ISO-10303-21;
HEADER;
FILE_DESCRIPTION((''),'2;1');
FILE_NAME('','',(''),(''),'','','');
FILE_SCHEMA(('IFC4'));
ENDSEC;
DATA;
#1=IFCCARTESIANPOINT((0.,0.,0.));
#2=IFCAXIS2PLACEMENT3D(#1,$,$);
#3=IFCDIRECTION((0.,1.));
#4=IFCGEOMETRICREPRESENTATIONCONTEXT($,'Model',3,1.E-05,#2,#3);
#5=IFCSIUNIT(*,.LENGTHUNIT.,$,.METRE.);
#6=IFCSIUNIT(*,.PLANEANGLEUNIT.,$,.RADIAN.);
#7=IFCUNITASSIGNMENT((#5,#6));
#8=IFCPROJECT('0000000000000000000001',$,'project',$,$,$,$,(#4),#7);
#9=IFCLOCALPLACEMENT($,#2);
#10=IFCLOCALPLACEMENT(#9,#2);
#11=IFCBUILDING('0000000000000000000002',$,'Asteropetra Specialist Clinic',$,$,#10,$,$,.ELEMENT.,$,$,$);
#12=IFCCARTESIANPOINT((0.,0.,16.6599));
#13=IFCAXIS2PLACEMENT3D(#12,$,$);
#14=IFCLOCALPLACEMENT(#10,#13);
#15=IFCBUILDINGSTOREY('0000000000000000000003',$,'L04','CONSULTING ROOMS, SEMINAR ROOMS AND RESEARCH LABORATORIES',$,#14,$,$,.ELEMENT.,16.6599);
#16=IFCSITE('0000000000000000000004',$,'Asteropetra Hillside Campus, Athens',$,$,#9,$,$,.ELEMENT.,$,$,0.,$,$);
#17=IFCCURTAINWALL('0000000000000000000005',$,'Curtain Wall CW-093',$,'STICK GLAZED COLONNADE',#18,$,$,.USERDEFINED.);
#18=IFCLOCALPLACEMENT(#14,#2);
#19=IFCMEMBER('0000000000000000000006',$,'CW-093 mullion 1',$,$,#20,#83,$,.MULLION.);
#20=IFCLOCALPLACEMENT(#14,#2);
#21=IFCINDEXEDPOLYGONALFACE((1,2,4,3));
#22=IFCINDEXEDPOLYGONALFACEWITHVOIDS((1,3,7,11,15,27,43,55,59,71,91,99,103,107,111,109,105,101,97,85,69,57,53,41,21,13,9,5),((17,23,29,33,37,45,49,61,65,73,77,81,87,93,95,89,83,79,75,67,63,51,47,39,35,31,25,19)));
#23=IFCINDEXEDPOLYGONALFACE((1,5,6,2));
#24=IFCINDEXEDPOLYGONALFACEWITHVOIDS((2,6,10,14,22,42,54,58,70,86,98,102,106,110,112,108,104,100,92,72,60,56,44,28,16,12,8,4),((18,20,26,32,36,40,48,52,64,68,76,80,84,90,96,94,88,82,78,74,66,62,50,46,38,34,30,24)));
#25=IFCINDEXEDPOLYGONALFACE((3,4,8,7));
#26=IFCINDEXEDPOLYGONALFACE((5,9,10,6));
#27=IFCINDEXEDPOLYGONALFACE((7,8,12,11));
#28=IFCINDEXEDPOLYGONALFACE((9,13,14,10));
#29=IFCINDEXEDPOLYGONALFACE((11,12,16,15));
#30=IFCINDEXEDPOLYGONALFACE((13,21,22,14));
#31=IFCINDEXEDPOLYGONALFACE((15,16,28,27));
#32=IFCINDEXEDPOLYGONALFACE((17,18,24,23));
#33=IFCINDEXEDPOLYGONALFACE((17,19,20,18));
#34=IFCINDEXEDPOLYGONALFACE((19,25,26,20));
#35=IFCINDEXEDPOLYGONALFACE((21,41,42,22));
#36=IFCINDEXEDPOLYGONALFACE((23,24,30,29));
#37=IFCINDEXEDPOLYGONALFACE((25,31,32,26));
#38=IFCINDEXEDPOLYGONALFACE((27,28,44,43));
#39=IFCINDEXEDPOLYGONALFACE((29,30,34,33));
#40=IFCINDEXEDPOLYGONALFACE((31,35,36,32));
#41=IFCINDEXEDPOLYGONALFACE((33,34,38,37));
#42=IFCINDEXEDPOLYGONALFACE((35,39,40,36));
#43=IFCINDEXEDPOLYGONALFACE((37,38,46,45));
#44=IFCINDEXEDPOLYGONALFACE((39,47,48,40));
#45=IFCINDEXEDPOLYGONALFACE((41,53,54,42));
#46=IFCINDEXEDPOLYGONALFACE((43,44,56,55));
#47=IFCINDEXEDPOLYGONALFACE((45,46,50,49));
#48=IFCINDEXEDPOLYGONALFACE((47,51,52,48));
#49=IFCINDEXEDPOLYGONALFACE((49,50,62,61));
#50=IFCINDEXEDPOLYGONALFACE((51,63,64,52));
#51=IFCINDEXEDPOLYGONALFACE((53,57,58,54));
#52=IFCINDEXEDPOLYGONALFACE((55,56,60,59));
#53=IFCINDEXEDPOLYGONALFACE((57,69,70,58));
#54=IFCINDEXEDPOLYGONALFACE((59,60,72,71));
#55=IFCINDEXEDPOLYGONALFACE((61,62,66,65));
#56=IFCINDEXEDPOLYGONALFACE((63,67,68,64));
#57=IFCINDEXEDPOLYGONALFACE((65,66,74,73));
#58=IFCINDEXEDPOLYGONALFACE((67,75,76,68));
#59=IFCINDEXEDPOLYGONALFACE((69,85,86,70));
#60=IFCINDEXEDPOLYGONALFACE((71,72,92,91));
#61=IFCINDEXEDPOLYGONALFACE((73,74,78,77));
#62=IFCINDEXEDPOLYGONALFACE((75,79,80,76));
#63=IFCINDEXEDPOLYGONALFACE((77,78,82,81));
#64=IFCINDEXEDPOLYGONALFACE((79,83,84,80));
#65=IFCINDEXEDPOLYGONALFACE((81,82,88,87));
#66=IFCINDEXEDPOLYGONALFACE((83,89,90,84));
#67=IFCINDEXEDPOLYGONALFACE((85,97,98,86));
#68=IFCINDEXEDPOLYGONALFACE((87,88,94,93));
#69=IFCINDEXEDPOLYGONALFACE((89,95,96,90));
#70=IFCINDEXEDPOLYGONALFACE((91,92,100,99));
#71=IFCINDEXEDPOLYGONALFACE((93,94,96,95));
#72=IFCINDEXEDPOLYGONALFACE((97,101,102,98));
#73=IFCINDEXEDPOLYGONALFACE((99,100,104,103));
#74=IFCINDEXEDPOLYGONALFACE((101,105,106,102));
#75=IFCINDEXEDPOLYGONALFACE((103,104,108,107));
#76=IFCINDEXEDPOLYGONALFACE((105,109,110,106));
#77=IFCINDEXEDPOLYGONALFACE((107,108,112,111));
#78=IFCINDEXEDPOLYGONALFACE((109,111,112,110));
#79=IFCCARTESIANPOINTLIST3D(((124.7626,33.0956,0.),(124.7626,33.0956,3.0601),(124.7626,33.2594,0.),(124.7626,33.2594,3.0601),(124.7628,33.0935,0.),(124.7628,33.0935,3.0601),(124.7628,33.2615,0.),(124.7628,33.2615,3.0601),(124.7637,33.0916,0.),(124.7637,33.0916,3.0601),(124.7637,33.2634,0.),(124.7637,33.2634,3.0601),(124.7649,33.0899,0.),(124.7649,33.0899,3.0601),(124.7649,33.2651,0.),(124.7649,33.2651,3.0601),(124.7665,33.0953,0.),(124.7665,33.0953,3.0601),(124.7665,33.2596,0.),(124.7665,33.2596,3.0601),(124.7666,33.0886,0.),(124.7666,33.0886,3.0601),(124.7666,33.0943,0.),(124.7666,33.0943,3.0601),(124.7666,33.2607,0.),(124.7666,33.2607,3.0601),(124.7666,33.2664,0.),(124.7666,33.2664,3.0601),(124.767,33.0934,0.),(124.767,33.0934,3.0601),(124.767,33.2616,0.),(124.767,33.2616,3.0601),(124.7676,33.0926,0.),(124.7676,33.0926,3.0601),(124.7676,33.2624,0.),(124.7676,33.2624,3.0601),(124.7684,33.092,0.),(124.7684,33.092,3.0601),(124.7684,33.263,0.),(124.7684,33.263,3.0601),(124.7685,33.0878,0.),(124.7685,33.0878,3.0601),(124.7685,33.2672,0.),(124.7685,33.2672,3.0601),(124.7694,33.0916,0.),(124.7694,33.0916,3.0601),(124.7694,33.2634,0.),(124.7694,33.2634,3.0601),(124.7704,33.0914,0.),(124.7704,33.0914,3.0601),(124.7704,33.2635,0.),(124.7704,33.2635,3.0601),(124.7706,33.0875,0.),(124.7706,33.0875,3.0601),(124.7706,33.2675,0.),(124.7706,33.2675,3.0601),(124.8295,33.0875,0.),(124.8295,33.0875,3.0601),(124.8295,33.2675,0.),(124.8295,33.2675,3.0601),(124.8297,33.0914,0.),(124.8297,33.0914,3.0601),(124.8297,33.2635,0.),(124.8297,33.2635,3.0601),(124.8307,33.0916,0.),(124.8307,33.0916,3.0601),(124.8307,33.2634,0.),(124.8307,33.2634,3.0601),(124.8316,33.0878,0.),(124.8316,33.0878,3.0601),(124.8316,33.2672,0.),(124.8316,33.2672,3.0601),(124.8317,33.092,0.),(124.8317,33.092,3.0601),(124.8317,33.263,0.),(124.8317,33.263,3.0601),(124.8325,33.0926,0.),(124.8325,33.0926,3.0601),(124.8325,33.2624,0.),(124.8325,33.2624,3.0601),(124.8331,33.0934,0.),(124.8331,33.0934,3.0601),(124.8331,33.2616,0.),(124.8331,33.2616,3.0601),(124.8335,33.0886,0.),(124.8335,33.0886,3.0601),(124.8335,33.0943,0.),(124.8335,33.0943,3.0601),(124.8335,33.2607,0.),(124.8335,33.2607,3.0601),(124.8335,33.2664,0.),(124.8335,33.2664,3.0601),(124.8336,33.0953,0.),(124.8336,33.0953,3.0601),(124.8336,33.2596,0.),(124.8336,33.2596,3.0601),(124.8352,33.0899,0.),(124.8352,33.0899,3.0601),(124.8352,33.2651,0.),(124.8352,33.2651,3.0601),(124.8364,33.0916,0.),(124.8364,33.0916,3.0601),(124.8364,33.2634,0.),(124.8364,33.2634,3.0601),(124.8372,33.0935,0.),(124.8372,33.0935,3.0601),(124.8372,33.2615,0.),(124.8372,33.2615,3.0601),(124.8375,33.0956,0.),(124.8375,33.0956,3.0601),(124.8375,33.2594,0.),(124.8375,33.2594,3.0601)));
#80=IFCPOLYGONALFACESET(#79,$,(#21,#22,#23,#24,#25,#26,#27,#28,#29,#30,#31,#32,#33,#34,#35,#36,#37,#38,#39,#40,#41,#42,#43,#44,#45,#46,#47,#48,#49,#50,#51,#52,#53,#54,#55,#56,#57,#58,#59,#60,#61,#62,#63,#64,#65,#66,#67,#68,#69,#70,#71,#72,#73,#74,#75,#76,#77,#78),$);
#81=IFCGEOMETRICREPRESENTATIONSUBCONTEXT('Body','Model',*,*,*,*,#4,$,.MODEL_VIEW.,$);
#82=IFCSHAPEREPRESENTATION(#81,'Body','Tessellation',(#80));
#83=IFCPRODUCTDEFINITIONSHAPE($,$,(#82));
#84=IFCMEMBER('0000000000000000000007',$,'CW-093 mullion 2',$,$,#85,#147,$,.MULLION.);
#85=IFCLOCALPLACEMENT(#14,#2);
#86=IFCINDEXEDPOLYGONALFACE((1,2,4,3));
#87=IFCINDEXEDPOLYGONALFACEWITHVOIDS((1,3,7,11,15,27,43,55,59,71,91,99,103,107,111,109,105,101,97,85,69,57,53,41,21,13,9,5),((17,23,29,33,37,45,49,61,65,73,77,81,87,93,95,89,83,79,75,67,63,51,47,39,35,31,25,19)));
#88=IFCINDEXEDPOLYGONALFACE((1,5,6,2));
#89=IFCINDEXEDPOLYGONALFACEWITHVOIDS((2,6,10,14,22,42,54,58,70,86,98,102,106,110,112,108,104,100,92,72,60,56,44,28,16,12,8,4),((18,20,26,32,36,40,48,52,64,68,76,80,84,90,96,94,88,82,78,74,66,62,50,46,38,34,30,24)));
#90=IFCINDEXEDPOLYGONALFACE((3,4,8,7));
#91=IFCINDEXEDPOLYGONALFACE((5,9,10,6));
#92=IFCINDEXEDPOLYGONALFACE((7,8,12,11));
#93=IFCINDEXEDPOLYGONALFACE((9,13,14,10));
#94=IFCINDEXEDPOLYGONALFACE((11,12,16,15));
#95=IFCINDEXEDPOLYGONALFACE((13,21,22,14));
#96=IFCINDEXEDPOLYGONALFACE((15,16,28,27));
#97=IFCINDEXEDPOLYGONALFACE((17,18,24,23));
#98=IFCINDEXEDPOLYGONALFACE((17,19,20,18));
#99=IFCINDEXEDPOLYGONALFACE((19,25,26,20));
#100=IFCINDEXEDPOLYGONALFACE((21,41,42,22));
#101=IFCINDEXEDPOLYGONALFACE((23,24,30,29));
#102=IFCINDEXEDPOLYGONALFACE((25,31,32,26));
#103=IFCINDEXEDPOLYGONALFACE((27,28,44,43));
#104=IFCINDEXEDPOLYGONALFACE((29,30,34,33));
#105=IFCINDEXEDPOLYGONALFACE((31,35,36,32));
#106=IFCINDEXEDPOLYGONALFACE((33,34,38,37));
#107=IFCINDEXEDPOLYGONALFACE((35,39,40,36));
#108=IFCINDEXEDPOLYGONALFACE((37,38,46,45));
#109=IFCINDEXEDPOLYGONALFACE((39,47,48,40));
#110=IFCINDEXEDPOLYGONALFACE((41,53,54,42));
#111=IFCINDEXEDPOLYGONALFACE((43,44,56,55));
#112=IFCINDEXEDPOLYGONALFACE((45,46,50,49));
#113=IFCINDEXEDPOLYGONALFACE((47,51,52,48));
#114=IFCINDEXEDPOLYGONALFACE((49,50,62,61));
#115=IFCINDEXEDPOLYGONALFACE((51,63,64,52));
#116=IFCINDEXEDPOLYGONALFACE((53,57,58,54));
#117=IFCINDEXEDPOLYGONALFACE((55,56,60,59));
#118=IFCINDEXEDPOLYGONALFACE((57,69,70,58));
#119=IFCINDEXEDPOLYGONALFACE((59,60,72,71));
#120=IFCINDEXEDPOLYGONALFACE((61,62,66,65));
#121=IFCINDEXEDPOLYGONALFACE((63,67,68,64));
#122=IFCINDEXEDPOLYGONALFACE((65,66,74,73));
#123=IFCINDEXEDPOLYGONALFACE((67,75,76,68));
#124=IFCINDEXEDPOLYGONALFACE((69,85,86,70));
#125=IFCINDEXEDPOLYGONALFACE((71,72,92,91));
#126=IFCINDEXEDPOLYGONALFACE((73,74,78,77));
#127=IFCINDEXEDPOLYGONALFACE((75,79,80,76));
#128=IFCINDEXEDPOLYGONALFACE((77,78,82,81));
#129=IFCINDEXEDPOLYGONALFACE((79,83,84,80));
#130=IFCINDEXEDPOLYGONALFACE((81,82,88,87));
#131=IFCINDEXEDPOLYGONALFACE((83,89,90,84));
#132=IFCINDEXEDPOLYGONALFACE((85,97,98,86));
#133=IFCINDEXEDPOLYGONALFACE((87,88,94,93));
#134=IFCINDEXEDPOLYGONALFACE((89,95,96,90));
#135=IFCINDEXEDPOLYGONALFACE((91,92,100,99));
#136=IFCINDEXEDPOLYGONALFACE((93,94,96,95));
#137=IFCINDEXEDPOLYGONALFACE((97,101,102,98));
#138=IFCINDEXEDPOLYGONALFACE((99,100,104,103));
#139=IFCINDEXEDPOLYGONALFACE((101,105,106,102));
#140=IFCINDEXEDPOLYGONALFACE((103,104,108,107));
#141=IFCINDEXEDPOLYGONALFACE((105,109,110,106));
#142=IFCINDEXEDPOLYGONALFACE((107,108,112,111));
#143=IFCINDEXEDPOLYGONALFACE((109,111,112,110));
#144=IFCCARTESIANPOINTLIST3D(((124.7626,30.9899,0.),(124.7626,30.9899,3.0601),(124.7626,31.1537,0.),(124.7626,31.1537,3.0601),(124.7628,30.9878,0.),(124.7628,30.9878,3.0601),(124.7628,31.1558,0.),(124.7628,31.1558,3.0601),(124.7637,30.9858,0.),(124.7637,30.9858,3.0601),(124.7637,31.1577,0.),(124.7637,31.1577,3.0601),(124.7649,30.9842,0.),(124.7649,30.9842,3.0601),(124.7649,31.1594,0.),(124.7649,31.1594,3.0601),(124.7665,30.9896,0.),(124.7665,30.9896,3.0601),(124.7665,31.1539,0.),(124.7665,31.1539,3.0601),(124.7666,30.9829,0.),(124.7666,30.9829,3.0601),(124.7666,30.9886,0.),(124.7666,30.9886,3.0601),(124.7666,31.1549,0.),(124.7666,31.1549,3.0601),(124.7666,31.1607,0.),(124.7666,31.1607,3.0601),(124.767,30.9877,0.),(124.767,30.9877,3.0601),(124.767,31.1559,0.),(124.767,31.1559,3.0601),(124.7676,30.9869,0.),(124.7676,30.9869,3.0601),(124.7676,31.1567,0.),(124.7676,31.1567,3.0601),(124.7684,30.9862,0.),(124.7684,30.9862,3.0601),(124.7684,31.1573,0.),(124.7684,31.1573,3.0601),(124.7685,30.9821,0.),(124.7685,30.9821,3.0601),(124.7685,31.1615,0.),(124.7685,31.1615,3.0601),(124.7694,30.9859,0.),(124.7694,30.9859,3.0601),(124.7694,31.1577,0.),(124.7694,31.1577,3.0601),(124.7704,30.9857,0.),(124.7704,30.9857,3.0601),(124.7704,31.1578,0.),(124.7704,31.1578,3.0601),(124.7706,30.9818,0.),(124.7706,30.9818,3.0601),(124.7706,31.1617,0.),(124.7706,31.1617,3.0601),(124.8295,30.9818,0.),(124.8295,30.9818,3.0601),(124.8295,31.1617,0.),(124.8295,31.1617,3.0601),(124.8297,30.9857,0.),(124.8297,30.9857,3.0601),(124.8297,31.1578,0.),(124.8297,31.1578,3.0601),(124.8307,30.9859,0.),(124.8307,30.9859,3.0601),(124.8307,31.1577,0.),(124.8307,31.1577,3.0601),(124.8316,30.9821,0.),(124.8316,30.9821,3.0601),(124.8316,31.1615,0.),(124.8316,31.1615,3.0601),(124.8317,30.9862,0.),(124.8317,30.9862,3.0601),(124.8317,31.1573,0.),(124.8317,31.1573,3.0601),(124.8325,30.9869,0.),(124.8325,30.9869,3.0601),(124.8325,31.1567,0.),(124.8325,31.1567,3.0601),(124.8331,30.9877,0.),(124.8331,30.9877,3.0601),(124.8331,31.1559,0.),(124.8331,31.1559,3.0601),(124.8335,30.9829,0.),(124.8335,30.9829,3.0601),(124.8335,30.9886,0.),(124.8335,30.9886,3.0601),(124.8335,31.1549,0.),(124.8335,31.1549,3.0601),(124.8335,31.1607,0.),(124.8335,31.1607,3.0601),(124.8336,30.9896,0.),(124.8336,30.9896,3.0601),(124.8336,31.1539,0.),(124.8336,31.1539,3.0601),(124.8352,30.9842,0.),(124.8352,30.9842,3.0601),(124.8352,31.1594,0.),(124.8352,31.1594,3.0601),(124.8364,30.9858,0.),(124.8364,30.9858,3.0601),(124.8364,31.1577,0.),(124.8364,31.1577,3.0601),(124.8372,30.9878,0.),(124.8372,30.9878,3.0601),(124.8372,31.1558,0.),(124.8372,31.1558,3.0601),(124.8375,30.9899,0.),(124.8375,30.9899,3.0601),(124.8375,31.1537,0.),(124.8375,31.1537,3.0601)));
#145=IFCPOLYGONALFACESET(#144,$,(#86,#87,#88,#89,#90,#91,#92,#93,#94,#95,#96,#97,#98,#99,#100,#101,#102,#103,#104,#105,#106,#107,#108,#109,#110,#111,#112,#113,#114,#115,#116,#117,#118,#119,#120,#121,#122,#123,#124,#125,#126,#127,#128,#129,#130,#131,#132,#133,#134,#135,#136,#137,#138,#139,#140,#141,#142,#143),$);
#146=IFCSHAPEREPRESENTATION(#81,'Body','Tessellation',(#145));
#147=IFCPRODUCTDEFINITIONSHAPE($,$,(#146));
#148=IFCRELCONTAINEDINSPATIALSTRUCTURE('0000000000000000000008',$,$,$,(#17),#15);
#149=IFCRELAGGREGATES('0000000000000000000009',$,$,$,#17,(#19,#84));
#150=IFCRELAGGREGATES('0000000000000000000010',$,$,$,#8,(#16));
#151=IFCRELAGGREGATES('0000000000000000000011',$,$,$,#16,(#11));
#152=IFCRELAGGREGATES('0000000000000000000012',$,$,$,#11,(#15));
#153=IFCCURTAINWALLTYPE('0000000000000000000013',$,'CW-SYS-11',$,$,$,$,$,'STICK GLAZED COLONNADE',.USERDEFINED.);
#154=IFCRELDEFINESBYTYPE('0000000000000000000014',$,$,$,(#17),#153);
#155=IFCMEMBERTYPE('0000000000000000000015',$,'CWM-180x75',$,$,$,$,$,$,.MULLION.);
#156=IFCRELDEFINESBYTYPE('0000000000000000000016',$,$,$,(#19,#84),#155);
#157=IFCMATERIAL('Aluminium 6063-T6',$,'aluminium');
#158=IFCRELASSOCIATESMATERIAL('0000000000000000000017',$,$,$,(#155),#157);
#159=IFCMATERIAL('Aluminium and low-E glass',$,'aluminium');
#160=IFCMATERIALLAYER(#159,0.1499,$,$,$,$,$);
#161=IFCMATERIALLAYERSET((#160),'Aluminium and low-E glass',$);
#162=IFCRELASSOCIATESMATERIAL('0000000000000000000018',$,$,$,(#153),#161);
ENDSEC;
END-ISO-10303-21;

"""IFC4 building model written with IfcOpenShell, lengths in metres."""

from ifc_helpers import new_model, si_unit, direction, frame, origin, origin_2d, place, context, subcontext, project, spatial, hollow_rectangle, extrude, material, layer, layer_set, material_profile, profile_set, type_object, element, aggregate, save


model = new_model("IFC4")

# Units and contexts
model_context = context("Model", 3, precision=1e-05, world=origin(), true_north=direction((0.0, 1.0)))
body_context = subcontext(model_context, "Body", "Model", "MODEL_VIEW")
ifc_project = project(units=[si_unit("LENGTHUNIT", "METRE"), si_unit("PLANEANGLEUNIT", "RADIAN")], contexts=[model_context])

# Site, building, storey
site_placement = place(None, origin())
site = spatial("IfcSite", under=ifc_project, at=site_placement, Name="Asteropetra Hillside Campus, Athens", CompositionType="ELEMENT", RefElevation=0.0)
building_placement = place(site_placement, origin())
building = spatial("IfcBuilding", under=site, at=building_placement, Name="Asteropetra Specialist Clinic", CompositionType="ELEMENT")
storey_placement = place(building_placement, frame((0.0, 0.0, 16.6599)))
storey = spatial("IfcBuildingStorey", under=building, at=storey_placement, Name="L04", Description="CONSULTING ROOMS, SEMINAR ROOMS AND RESEARCH LABORATORIES", CompositionType="ELEMENT", Elevation=16.6599)

# Curtain wall, members
ifc_material_1 = material(Name="Aluminium 6063-T6", Category="aluminium")
ifc_material_profile_1 = material_profile(ifc_material_1, hollow_rectangle(XDim=0.075, YDim=0.1799, WallThickness=0.0039, InnerFilletRadius=0.0039, OuterFilletRadius=0.0081, at=origin_2d()), Name="MUL 180x75x4.0")
ifc_profile_set_1 = profile_set([ifc_material_profile_1], Name="Aluminium 6063-T6")
member_type_1 = type_object("IfcMemberType", Name="CWM-180x75", PredefinedType="MULLION", material=ifc_profile_set_1)
ifc_material_2 = material(Name="Aluminium and low-E glass", Category="aluminium")
ifc_layer_1 = layer(ifc_material_2, 0.1499)
ifc_layer_set_1 = layer_set([ifc_layer_1], Name="Aluminium and low-E glass")
curtain_wall_type_1 = type_object("IfcCurtainWallType", Name="CW-SYS-11", ElementType="STICK GLAZED COLONNADE", PredefinedType="USERDEFINED", material=ifc_layer_set_1)
curtain_wall_1_placement = place(storey_placement, origin())
curtain_wall_1 = element("IfcCurtainWall", 1, at=curtain_wall_1_placement, inside=storey, type_object=curtain_wall_type_1, Name="Curtain Wall CW-093", ObjectType="STICK GLAZED COLONNADE", PredefinedType="USERDEFINED")
member_1_placement = place(storey_placement, frame((124.8, 33.1775, 0.0), z_axis=(0.0, 0.0, 1.0), x_axis=(1.0, 0.0, 0.0)))
member_1 = element("IfcMember", 2, at=member_1_placement, type_object=member_type_1, Name="CW-093 mullion 1", PredefinedType="MULLION", context=body_context, shape_type="SweptSolid", body=[
    extrude(hollow_rectangle(XDim=0.075, YDim=0.1799, WallThickness=0.0039, InnerFilletRadius=0.0039, OuterFilletRadius=0.0081, at=origin_2d()), origin(), (0.0, 0.0, 1.0), 3.0601),
])
member_2_placement = place(storey_placement, frame((124.8, 31.0718, 0.0), z_axis=(0.0, 0.0, 1.0), x_axis=(1.0, 0.0, 0.0)))
member_2 = element("IfcMember", 3, at=member_2_placement, type_object=member_type_1, Name="CW-093 mullion 2", PredefinedType="MULLION", context=body_context, shape_type="SweptSolid", body=[
    extrude(hollow_rectangle(XDim=0.075, YDim=0.1799, WallThickness=0.0039, InnerFilletRadius=0.0039, OuterFilletRadius=0.0081, at=origin_2d()), origin(), (0.0, 0.0, 1.0), 3.0601),
])

aggregate(curtain_wall_1, [member_1, member_2])

save(model, "model.ifc")
